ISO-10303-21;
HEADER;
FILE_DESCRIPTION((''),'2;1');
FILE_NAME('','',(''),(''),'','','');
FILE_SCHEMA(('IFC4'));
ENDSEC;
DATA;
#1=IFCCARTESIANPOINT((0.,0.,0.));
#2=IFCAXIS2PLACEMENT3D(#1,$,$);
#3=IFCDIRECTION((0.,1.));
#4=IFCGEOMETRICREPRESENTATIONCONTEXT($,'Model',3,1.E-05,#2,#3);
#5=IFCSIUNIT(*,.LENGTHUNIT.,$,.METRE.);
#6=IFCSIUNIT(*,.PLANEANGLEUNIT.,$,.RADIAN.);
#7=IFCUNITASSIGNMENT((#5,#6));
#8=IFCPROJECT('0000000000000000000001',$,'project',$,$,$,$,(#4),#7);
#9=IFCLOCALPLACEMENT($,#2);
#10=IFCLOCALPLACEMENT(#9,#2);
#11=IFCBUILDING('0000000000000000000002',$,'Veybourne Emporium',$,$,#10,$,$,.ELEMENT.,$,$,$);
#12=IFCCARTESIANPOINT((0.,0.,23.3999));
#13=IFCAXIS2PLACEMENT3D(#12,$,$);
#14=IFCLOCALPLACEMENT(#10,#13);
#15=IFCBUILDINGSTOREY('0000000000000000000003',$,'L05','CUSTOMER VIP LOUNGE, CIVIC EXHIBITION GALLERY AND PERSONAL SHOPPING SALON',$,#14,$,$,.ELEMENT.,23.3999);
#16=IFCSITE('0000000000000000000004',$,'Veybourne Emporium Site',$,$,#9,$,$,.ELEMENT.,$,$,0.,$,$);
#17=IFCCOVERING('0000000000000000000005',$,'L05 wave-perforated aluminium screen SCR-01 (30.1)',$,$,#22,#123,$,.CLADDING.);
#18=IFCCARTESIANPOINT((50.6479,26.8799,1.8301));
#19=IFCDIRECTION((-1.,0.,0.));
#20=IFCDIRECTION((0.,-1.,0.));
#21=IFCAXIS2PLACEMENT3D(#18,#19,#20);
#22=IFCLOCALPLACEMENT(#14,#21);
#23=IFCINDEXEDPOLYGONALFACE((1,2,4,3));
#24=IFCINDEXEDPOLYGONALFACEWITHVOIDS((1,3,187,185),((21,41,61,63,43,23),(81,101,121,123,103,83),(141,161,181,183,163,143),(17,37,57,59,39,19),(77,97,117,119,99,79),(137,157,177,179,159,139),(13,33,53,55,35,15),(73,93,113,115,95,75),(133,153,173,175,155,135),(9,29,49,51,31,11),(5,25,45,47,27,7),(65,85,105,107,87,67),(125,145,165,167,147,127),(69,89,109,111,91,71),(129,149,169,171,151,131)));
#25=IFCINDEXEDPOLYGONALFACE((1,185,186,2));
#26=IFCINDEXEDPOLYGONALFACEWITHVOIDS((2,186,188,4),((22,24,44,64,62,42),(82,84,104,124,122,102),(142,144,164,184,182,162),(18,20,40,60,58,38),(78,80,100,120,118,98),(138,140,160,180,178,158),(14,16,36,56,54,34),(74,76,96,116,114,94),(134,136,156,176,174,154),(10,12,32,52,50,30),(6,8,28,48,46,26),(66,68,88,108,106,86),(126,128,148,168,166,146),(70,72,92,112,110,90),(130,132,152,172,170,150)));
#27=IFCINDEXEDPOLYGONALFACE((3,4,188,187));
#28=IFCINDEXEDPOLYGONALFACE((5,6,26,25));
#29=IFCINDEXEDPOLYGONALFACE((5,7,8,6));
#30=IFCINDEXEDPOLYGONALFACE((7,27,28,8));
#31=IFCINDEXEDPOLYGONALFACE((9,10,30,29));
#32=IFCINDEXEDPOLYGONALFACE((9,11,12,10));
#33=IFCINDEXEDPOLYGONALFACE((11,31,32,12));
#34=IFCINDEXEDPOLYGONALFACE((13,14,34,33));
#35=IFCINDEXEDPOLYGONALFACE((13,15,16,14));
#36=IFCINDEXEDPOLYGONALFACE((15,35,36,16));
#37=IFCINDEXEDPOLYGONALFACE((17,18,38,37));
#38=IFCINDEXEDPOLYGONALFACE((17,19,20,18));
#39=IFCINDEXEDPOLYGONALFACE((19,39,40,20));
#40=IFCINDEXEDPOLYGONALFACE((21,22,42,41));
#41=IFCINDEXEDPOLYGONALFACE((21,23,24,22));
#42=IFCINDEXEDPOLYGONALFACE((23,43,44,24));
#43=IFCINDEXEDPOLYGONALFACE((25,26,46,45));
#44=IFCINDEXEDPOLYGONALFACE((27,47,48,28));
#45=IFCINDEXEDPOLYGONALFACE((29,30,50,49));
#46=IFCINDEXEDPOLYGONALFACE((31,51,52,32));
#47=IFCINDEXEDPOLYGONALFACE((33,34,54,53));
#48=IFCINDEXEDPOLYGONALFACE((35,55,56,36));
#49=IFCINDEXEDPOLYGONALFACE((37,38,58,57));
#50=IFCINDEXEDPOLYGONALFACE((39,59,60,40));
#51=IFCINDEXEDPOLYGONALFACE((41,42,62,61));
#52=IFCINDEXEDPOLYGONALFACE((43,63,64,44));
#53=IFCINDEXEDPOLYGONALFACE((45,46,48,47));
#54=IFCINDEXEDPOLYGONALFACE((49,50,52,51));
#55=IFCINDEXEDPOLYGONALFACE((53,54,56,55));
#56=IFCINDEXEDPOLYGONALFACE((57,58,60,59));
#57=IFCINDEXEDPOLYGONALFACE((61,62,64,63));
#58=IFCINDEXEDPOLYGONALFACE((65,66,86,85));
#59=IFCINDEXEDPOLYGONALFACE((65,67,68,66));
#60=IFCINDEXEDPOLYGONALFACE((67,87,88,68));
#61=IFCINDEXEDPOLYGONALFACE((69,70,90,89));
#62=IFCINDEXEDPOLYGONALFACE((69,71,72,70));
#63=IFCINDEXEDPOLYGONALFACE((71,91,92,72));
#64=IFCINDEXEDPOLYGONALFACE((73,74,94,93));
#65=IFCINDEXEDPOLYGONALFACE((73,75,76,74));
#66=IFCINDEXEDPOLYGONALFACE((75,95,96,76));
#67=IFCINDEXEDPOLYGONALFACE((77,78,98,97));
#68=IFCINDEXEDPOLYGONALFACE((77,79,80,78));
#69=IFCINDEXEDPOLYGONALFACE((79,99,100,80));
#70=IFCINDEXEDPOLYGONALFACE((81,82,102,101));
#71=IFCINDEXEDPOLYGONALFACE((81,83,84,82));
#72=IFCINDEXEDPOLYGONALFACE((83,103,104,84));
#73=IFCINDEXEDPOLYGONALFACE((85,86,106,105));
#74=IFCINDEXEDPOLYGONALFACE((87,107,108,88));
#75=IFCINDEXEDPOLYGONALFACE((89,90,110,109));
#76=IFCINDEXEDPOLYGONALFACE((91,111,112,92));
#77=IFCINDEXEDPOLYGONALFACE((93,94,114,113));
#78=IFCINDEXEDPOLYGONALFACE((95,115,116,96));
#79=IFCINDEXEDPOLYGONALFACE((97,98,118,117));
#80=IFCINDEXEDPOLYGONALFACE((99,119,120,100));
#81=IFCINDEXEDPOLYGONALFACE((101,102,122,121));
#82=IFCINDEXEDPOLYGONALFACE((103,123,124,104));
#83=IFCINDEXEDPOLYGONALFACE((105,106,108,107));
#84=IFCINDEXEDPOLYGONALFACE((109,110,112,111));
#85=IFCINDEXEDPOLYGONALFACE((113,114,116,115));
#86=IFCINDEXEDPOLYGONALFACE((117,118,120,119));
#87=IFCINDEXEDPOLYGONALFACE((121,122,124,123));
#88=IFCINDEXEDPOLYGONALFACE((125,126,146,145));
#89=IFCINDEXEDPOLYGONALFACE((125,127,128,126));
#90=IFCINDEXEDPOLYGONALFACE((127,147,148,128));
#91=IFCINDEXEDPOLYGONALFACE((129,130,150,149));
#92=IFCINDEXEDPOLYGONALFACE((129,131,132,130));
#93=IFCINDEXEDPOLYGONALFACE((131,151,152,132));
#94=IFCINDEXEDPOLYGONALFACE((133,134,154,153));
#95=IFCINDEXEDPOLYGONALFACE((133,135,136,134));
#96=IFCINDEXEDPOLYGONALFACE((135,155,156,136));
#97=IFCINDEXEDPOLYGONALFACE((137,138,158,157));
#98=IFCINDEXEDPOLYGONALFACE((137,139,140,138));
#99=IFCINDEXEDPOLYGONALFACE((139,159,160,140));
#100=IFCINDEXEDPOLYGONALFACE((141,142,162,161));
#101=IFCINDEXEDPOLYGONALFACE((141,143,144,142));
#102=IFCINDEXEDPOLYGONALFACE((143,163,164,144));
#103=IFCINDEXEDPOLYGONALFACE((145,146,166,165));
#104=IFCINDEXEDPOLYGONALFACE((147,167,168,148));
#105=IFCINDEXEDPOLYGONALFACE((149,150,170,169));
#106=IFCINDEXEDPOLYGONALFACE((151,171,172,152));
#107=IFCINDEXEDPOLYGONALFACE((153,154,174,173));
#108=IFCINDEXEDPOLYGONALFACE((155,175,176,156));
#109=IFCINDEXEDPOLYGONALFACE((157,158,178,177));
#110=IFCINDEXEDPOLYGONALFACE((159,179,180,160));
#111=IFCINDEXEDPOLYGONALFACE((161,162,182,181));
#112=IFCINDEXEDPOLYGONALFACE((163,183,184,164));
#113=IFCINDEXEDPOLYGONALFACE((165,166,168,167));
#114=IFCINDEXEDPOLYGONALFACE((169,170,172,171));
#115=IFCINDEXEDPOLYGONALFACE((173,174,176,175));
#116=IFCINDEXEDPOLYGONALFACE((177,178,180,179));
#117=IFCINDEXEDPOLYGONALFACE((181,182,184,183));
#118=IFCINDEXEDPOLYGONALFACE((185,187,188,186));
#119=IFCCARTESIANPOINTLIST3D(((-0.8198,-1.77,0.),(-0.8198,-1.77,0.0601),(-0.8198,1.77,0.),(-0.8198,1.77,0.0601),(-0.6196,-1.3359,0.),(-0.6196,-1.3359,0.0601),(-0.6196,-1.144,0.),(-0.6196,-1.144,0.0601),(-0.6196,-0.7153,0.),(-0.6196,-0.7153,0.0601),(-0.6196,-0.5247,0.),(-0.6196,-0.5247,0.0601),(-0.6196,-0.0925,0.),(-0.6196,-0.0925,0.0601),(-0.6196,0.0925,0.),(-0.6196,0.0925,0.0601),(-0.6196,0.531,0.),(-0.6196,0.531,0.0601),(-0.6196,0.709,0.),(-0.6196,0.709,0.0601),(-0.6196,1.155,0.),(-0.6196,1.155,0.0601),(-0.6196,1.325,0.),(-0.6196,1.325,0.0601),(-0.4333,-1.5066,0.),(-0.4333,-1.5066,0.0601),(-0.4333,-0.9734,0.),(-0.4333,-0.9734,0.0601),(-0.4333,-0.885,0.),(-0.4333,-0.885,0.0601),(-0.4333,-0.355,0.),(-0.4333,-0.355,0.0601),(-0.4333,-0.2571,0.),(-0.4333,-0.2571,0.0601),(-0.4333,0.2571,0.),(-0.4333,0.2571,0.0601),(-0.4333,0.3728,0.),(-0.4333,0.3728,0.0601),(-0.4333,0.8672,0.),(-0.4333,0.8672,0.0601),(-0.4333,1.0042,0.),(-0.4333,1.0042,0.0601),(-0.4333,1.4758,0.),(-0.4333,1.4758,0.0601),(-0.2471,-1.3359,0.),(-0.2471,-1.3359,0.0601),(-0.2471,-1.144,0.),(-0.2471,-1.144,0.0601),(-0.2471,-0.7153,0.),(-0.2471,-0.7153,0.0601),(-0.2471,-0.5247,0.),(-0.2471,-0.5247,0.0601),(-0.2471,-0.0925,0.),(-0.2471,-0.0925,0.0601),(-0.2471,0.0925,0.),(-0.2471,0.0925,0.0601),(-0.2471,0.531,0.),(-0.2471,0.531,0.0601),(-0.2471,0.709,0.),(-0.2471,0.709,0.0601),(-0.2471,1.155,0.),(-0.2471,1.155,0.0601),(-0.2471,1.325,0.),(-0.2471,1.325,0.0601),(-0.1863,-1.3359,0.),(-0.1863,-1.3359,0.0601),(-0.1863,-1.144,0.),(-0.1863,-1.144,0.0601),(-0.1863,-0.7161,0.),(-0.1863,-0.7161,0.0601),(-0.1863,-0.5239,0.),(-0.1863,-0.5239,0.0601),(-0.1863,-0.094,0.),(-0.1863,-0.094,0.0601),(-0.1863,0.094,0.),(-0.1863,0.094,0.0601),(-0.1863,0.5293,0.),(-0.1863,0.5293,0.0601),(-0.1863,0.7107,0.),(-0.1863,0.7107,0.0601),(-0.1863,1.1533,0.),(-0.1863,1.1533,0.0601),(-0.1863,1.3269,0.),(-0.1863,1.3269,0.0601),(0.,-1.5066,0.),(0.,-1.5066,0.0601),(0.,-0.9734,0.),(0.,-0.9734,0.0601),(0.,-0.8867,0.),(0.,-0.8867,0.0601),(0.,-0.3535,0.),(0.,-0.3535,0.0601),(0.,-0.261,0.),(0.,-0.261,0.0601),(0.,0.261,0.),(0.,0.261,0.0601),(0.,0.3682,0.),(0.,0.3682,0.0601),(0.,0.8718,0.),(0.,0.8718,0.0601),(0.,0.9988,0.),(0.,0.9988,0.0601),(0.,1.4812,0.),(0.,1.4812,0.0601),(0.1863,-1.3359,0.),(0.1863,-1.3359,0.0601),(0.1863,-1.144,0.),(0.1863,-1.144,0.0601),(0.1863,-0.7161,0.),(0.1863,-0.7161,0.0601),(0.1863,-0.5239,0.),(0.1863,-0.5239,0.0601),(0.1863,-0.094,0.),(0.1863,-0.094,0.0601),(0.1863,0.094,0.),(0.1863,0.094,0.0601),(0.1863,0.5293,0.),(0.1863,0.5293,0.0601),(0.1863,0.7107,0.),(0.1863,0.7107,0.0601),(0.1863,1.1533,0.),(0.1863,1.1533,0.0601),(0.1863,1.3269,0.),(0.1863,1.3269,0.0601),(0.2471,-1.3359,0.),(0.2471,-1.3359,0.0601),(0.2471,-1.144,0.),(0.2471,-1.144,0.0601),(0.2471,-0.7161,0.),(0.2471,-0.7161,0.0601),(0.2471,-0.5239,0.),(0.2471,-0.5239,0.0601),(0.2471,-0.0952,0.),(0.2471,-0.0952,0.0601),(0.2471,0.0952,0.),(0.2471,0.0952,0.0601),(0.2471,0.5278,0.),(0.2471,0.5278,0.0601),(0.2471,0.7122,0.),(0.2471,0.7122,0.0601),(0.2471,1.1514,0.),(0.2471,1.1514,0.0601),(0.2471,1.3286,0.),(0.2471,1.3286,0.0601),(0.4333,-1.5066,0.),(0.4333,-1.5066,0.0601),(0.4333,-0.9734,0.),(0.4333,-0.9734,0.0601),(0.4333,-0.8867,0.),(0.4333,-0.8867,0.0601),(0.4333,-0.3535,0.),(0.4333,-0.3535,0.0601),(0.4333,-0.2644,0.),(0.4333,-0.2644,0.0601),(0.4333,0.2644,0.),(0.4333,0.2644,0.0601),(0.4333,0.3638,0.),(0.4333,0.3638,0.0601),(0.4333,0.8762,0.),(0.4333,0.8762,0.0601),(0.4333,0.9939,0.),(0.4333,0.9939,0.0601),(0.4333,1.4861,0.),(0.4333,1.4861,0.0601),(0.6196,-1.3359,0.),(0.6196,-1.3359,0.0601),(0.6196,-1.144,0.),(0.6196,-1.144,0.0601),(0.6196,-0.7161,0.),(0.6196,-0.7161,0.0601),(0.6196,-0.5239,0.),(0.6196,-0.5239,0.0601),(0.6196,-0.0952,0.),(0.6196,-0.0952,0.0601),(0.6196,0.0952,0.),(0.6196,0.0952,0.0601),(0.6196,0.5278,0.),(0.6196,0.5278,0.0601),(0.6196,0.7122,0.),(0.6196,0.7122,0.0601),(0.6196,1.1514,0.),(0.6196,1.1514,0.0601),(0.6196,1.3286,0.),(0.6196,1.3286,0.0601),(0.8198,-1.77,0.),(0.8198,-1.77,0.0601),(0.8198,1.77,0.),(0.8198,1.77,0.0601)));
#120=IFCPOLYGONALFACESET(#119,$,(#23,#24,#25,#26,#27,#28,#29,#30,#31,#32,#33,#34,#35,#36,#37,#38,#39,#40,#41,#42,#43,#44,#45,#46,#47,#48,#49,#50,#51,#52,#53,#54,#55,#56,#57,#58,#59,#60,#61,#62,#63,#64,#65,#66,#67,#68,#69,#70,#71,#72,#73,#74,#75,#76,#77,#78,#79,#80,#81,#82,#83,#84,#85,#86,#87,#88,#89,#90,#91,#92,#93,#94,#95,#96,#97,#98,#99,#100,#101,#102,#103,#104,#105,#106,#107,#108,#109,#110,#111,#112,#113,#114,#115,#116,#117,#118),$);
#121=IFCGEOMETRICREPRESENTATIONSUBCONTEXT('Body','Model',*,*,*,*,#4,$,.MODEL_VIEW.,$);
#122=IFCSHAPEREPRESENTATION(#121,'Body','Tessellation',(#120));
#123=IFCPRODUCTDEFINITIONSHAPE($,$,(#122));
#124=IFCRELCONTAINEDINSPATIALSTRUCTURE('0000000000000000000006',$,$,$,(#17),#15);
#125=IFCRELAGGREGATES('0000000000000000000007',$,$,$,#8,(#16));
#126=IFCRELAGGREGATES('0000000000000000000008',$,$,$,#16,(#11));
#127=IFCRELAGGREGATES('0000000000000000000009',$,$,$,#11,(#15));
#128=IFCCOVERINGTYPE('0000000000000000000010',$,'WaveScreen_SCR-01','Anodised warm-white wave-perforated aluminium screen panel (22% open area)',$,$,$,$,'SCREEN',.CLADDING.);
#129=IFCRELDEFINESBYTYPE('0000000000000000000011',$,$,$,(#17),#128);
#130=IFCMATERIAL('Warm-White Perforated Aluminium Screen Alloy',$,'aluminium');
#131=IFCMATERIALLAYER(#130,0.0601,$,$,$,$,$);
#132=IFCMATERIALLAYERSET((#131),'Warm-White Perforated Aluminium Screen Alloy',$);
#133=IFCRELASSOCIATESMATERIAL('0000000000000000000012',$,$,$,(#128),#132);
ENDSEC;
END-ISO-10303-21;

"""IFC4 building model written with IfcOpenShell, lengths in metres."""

from ifc_helpers import new_model, si_unit, direction, frame, origin, place, context, subcontext, project, spatial, polyline, outline, extrude, material, layer, layer_set, type_object, element, save


model = new_model("IFC4")

# Units and contexts
model_context = context("Model", 3, precision=1e-05, world=origin(), true_north=direction((0.0, 1.0)))
body_context = subcontext(model_context, "Body", "Model", "MODEL_VIEW")
ifc_project = project(units=[si_unit("LENGTHUNIT", "METRE"), si_unit("PLANEANGLEUNIT", "RADIAN")], contexts=[model_context])

# Site, building, storey
site_placement = place(None, origin())
site = spatial("IfcSite", under=ifc_project, at=site_placement, Name="Veybourne Emporium Site", CompositionType="ELEMENT", RefElevation=0.0)
building_placement = place(site_placement, origin())
building = spatial("IfcBuilding", under=site, at=building_placement, Name="Veybourne Emporium", CompositionType="ELEMENT")
storey_placement = place(building_placement, frame((0.0, 0.0, 23.3999)))
storey = spatial("IfcBuildingStorey", under=building, at=storey_placement, Name="L05", Description="CUSTOMER VIP LOUNGE, CIVIC EXHIBITION GALLERY AND PERSONAL SHOPPING SALON", CompositionType="ELEMENT", Elevation=23.3999)

# Covering
ifc_material_1 = material(Name="Warm-White Perforated Aluminium Screen Alloy", Category="aluminium")
ifc_layer_1 = layer(ifc_material_1, 0.0601)
ifc_layer_set_1 = layer_set([ifc_layer_1], Name="Warm-White Perforated Aluminium Screen Alloy")
covering_type_1 = type_object("IfcCoveringType", Name="WaveScreen_SCR-01", Description="Anodised warm-white wave-perforated aluminium screen panel (22% open area)", ElementType="SCREEN", PredefinedType="CLADDING", material=ifc_layer_set_1)
covering_1_placement = place(storey_placement, frame((50.6479, 26.8799, 1.8301), z_axis=(-1.0, 0.0, 0.0), x_axis=(0.0, -1.0, 0.0)))
element("IfcCovering", 1, at=covering_1_placement, inside=storey, type_object=covering_type_1, Name="L05 wave-perforated aluminium screen SCR-01 (30.1)", PredefinedType="CLADDING", context=body_context, shape_type="SweptSolid", body=[
    extrude(outline(polyline([(-0.8198, -1.77), (0.8198, -1.77), (0.8198, 1.77), (-0.8198, 1.77), (-0.8198, -1.77)]), holes=[polyline([(-0.4333, -0.9734), (-0.2471, -1.144), (-0.2471, -1.3359), (-0.4333, -1.5066), (-0.6196, -1.3359), (-0.6196, -1.144), (-0.4333, -0.9734)]), polyline([(-0.4333, -0.355), (-0.2471, -0.5247), (-0.2471, -0.7153), (-0.4333, -0.885), (-0.6196, -0.7153), (-0.6196, -0.5247), (-0.4333, -0.355)]), polyline([(-0.4333, 0.2571), (-0.2471, 0.0925), (-0.2471, -0.0925), (-0.4333, -0.2571), (-0.6196, -0.0925), (-0.6196, 0.0925), (-0.4333, 0.2571)]), polyline([(-0.4333, 0.8672), (-0.2471, 0.709), (-0.2471, 0.531), (-0.4333, 0.3728), (-0.6196, 0.531), (-0.6196, 0.709), (-0.4333, 0.8672)]), polyline([(-0.4333, 1.4758), (-0.2471, 1.325), (-0.2471, 1.155), (-0.4333, 1.0042), (-0.6196, 1.155), (-0.6196, 1.325), (-0.4333, 1.4758)]), polyline([(0.0, -0.9734), (0.1863, -1.144), (0.1863, -1.3359), (0.0, -1.5066), (-0.1863, -1.3359), (-0.1863, -1.144), (0.0, -0.9734)]), polyline([(0.0, -0.3535), (0.1863, -0.5239), (0.1863, -0.7161), (0.0, -0.8867), (-0.1863, -0.7161), (-0.1863, -0.5239), (0.0, -0.3535)]), polyline([(0.0, 0.261), (0.1863, 0.094), (0.1863, -0.094), (0.0, -0.261), (-0.1863, -0.094), (-0.1863, 0.094), (0.0, 0.261)]), polyline([(0.0, 0.8718), (0.1863, 0.7107), (0.1863, 0.5293), (0.0, 0.3682), (-0.1863, 0.5293), (-0.1863, 0.7107), (0.0, 0.8718)]), polyline([(0.0, 1.4812), (0.1863, 1.3269), (0.1863, 1.1533), (0.0, 0.9988), (-0.1863, 1.1533), (-0.1863, 1.3269), (0.0, 1.4812)]), polyline([(0.4333, -0.9734), (0.6196, -1.144), (0.6196, -1.3359), (0.4333, -1.5066), (0.2471, -1.3359), (0.2471, -1.144), (0.4333, -0.9734)]), polyline([(0.4333, -0.3535), (0.6196, -0.5239), (0.6196, -0.7161), (0.4333, -0.8867), (0.2471, -0.7161), (0.2471, -0.5239), (0.4333, -0.3535)]), polyline([(0.4333, 0.2644), (0.6196, 0.0952), (0.6196, -0.0952), (0.4333, -0.2644), (0.2471, -0.0952), (0.2471, 0.0952), (0.4333, 0.2644)]), polyline([(0.4333, 0.8762), (0.6196, 0.7122), (0.6196, 0.5278), (0.4333, 0.3638), (0.2471, 0.5278), (0.2471, 0.7122), (0.4333, 0.8762)]), polyline([(0.4333, 1.4861), (0.6196, 1.3286), (0.6196, 1.1514), (0.4333, 0.9939), (0.2471, 1.1514), (0.2471, 1.3286), (0.4333, 1.4861)])]), origin(), (0.0, 0.0, 1.0), 0.0601),
])

save(model, "model.ifc")
